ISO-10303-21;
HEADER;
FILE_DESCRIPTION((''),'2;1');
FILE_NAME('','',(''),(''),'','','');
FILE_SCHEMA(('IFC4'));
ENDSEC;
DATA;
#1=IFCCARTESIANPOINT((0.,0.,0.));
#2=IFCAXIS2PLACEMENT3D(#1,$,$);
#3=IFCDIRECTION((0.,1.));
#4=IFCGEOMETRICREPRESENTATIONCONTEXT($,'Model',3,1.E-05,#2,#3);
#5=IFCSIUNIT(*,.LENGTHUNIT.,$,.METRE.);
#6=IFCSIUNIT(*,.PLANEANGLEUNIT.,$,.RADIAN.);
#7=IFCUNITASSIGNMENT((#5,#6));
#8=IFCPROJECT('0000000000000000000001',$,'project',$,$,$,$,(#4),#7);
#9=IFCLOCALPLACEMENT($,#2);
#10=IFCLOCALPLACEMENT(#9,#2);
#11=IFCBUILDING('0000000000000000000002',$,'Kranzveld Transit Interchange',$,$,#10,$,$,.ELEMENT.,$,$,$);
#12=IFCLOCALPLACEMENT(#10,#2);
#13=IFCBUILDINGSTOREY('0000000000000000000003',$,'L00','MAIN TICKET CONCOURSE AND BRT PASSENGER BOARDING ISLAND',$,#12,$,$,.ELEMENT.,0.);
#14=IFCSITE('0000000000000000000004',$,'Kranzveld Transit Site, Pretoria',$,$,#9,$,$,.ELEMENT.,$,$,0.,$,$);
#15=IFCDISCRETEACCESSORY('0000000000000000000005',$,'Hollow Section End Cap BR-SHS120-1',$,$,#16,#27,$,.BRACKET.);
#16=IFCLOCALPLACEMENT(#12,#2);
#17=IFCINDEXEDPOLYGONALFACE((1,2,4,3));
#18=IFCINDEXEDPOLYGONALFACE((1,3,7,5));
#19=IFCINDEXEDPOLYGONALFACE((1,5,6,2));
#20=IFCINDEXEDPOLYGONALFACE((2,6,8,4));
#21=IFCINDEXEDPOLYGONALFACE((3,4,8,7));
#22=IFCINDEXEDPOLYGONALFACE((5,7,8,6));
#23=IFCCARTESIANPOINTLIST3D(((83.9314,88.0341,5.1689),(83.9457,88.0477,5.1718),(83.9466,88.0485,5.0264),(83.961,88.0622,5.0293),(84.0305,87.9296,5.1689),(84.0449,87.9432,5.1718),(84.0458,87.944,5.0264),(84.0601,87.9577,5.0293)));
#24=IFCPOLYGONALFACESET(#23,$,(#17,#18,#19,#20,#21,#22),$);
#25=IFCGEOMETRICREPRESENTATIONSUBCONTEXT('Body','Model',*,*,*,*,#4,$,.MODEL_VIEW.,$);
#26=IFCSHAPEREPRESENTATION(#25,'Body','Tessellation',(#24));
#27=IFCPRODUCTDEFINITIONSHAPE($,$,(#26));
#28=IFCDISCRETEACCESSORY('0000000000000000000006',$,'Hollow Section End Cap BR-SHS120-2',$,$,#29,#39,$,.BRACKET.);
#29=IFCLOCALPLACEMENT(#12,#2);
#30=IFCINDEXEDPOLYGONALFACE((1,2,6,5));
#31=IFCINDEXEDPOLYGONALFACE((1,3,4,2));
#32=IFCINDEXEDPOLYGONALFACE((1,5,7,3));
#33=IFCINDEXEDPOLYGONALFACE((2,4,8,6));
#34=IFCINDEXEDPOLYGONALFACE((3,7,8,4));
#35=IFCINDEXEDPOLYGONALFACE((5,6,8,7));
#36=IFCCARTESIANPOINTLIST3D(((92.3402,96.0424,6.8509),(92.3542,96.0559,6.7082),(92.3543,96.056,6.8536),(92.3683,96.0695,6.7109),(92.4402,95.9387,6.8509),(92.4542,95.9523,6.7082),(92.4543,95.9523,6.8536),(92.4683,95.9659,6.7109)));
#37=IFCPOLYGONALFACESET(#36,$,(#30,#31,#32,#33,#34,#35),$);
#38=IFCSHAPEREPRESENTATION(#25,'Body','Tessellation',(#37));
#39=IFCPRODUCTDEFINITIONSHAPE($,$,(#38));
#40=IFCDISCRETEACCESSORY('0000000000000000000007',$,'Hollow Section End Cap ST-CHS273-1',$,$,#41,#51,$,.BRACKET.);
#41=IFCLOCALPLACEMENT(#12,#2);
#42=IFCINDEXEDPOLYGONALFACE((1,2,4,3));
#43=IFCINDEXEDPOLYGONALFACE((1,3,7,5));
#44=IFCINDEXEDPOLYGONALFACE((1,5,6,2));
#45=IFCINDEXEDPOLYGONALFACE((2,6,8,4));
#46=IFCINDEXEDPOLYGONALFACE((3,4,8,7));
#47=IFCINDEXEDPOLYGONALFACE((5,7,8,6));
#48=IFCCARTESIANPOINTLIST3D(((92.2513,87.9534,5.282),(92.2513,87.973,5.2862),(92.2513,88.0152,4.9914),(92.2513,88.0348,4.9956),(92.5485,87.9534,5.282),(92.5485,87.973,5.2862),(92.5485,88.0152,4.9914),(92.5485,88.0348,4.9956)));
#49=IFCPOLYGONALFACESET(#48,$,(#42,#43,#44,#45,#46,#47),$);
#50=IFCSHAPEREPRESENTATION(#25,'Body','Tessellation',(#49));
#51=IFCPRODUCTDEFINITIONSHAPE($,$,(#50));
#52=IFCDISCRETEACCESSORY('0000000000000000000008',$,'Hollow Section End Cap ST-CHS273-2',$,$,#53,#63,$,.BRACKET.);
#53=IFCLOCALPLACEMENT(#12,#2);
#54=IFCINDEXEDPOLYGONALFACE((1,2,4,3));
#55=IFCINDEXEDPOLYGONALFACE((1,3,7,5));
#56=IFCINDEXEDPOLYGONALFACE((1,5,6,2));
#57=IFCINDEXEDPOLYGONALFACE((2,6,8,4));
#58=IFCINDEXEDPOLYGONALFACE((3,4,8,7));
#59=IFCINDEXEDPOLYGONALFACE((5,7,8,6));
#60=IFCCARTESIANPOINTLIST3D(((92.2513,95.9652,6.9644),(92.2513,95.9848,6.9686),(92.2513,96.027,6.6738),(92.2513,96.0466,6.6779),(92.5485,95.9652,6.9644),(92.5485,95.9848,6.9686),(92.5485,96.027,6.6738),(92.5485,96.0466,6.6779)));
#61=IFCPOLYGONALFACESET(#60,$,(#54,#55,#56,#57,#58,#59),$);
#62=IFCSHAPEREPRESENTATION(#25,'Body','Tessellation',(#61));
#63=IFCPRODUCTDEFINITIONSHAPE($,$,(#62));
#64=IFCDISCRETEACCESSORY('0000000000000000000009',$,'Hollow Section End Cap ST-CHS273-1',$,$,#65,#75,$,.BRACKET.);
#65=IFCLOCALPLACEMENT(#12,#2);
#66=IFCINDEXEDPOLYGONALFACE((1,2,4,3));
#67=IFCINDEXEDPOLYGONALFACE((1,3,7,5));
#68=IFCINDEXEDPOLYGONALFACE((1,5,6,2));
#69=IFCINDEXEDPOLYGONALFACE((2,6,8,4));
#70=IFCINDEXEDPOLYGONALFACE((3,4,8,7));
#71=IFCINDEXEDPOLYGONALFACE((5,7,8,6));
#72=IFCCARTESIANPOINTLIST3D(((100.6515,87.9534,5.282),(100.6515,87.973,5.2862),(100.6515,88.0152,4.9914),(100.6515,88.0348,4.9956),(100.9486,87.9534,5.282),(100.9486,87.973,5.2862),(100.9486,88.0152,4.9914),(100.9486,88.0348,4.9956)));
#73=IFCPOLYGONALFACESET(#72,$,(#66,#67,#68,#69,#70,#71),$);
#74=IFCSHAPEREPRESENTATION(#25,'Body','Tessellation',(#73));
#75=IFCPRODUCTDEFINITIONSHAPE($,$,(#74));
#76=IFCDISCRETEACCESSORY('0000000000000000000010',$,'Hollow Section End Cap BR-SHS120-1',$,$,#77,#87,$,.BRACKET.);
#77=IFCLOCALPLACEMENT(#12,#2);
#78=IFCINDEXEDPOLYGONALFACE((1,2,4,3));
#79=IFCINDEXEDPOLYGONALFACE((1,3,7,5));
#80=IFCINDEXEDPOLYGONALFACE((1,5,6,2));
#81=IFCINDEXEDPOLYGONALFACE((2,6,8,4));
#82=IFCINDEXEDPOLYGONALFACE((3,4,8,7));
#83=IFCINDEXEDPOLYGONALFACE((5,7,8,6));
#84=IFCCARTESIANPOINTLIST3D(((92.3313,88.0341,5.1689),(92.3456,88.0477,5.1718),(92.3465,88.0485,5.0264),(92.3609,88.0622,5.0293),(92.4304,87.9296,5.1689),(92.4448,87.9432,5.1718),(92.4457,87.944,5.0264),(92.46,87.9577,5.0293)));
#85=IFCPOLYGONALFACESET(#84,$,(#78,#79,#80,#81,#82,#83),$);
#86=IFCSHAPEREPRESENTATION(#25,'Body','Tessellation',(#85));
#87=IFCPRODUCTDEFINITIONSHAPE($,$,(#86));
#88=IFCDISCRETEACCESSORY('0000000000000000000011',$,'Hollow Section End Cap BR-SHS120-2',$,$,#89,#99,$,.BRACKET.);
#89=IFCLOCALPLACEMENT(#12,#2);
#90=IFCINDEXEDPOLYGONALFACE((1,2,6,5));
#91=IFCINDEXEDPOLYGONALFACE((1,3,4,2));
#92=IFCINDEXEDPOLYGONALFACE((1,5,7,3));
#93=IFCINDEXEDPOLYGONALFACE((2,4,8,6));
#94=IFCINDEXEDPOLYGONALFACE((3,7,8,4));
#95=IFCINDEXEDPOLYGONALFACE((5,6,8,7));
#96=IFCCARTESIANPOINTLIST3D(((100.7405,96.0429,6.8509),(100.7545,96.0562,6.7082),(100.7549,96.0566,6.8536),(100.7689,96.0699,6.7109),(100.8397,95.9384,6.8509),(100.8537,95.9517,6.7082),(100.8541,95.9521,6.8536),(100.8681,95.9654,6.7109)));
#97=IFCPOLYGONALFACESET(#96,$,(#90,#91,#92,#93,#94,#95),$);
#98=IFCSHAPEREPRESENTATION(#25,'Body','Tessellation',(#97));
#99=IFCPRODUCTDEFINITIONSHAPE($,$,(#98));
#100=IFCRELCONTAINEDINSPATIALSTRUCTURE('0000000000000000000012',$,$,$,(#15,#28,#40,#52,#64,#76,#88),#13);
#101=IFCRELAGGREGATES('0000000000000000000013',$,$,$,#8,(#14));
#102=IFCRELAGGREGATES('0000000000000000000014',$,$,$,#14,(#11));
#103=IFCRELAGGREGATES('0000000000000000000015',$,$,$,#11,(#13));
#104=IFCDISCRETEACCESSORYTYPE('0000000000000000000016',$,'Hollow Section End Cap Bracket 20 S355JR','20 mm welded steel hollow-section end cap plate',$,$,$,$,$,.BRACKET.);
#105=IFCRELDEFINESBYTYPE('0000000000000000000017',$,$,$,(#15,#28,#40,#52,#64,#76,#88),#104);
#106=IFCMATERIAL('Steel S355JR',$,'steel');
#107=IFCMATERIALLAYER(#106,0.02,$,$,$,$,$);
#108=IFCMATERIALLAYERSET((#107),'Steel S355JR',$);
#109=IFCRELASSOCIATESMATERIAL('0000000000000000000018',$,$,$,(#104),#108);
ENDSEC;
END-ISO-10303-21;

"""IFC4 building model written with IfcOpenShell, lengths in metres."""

from ifc_helpers import new_model, si_unit, direction, frame, origin, origin_2d, place, context, subcontext, project, spatial, rectangle, extrude, material, layer, layer_set, type_object, element, save


model = new_model("IFC4")

# Units and contexts
model_context = context("Model", 3, precision=1e-05, world=origin(), true_north=direction((0.0, 1.0)))
body_context = subcontext(model_context, "Body", "Model", "MODEL_VIEW")
ifc_project = project(units=[si_unit("LENGTHUNIT", "METRE"), si_unit("PLANEANGLEUNIT", "RADIAN")], contexts=[model_context])

# Site, building, storey
site_placement = place(None, origin())
site = spatial("IfcSite", under=ifc_project, at=site_placement, Name="Kranzveld Transit Site, Pretoria", CompositionType="ELEMENT", RefElevation=0.0)
building_placement = place(site_placement, origin())
building = spatial("IfcBuilding", under=site, at=building_placement, Name="Kranzveld Transit Interchange", CompositionType="ELEMENT")
storey_placement = place(building_placement, origin())
storey = spatial("IfcBuildingStorey", under=building, at=storey_placement, Name="L00", Description="MAIN TICKET CONCOURSE AND BRT PASSENGER BOARDING ISLAND", CompositionType="ELEMENT", Elevation=0.0)

# Discrete accessories
ifc_material_1 = material(Name="Steel S355JR", Category="steel")
ifc_layer_1 = layer(ifc_material_1, 0.02)
ifc_layer_set_1 = layer_set([ifc_layer_1], Name="Steel S355JR")
discrete_accessory_type = type_object("IfcDiscreteAccessoryType", Name="Hollow Section End Cap Bracket 20 S355JR", Description="20 mm welded steel hollow-section end cap plate", PredefinedType="BRACKET", material=ifc_layer_set_1)
discrete_accessory_1_placement = place(storey_placement, frame((84.0029, 88.0027, 5.1006), z_axis=(-0.717541, -0.681056, -0.14594), x_axis=(0.688426, -0.725306, 0.0)))
element("IfcDiscreteAccessory", 1, at=discrete_accessory_1_placement, inside=storey, type_object=discrete_accessory_type, Name="Hollow Section End Cap BR-SHS120-1", PredefinedType="BRACKET", context=body_context, shape_type="SweptSolid", body=[
    extrude(rectangle(XDim=0.144, YDim=0.144, at=origin_2d()), origin(), (0.0, 0.0, 1.0), 0.02),
])
discrete_accessory_2_placement = place(storey_placement, frame((92.3972, 95.9973, 6.7795), z_axis=(0.712798, 0.688218, 0.135186), x_axis=(-0.694595, 0.719401, 0.0)))
element("IfcDiscreteAccessory", 2, at=discrete_accessory_2_placement, inside=storey, type_object=discrete_accessory_type, Name="Hollow Section End Cap BR-SHS120-2", PredefinedType="BRACKET", context=body_context, shape_type="SweptSolid", body=[
    extrude(rectangle(XDim=0.144, YDim=0.144, at=origin_2d()), origin(), (0.0, 0.0, 1.0), 0.0198),
])
for number, where, z_axis, x_axis, name in (
    (3, (92.3999, 88.0039, 5.1409), (0.0, -0.978159, -0.207859), (1.0, 0.0, 0.0), "Hollow Section End Cap ST-CHS273-1"),
    (4, (92.3999, 95.9961, 6.8191), (0.0, 0.978159, 0.207859), (-1.0, 0.0, 0.0), "Hollow Section End Cap ST-CHS273-2"),
    (5, (100.8, 88.0039, 5.1409), (0.0, -0.978159, -0.207859), (1.0, 0.0, 0.0), "Hollow Section End Cap ST-CHS273-1"),
):
    element("IfcDiscreteAccessory", number, at=place(storey_placement, frame(where, z_axis=z_axis, x_axis=x_axis)), inside=storey, type_object=discrete_accessory_type, Name=name, PredefinedType="BRACKET", context=body_context, shape_type="SweptSolid", body=[
        extrude(rectangle(XDim=0.2971, YDim=0.2971, at=origin_2d()), origin(), (0.0, 0.0, 1.0), 0.02),
    ])
for number, where, z_axis, x_axis, name in (
    (6, (92.4028, 88.0027, 5.1006), (-0.717541, -0.681056, -0.14594), (0.688426, -0.725306, 0.0), "Hollow Section End Cap BR-SHS120-1"),
    (7, (100.7971, 95.9973, 6.7795), (0.718764, 0.682217, 0.134007), (-0.688426, 0.725306, 0.0), "Hollow Section End Cap BR-SHS120-2"),
):
    element("IfcDiscreteAccessory", number, at=place(storey_placement, frame(where, z_axis=z_axis, x_axis=x_axis)), inside=storey, type_object=discrete_accessory_type, Name=name, PredefinedType="BRACKET", context=body_context, shape_type="SweptSolid", body=[
        extrude(rectangle(XDim=0.144, YDim=0.144, at=origin_2d()), origin(), (0.0, 0.0, 1.0), 0.02),
    ])

save(model, "model.ifc")
